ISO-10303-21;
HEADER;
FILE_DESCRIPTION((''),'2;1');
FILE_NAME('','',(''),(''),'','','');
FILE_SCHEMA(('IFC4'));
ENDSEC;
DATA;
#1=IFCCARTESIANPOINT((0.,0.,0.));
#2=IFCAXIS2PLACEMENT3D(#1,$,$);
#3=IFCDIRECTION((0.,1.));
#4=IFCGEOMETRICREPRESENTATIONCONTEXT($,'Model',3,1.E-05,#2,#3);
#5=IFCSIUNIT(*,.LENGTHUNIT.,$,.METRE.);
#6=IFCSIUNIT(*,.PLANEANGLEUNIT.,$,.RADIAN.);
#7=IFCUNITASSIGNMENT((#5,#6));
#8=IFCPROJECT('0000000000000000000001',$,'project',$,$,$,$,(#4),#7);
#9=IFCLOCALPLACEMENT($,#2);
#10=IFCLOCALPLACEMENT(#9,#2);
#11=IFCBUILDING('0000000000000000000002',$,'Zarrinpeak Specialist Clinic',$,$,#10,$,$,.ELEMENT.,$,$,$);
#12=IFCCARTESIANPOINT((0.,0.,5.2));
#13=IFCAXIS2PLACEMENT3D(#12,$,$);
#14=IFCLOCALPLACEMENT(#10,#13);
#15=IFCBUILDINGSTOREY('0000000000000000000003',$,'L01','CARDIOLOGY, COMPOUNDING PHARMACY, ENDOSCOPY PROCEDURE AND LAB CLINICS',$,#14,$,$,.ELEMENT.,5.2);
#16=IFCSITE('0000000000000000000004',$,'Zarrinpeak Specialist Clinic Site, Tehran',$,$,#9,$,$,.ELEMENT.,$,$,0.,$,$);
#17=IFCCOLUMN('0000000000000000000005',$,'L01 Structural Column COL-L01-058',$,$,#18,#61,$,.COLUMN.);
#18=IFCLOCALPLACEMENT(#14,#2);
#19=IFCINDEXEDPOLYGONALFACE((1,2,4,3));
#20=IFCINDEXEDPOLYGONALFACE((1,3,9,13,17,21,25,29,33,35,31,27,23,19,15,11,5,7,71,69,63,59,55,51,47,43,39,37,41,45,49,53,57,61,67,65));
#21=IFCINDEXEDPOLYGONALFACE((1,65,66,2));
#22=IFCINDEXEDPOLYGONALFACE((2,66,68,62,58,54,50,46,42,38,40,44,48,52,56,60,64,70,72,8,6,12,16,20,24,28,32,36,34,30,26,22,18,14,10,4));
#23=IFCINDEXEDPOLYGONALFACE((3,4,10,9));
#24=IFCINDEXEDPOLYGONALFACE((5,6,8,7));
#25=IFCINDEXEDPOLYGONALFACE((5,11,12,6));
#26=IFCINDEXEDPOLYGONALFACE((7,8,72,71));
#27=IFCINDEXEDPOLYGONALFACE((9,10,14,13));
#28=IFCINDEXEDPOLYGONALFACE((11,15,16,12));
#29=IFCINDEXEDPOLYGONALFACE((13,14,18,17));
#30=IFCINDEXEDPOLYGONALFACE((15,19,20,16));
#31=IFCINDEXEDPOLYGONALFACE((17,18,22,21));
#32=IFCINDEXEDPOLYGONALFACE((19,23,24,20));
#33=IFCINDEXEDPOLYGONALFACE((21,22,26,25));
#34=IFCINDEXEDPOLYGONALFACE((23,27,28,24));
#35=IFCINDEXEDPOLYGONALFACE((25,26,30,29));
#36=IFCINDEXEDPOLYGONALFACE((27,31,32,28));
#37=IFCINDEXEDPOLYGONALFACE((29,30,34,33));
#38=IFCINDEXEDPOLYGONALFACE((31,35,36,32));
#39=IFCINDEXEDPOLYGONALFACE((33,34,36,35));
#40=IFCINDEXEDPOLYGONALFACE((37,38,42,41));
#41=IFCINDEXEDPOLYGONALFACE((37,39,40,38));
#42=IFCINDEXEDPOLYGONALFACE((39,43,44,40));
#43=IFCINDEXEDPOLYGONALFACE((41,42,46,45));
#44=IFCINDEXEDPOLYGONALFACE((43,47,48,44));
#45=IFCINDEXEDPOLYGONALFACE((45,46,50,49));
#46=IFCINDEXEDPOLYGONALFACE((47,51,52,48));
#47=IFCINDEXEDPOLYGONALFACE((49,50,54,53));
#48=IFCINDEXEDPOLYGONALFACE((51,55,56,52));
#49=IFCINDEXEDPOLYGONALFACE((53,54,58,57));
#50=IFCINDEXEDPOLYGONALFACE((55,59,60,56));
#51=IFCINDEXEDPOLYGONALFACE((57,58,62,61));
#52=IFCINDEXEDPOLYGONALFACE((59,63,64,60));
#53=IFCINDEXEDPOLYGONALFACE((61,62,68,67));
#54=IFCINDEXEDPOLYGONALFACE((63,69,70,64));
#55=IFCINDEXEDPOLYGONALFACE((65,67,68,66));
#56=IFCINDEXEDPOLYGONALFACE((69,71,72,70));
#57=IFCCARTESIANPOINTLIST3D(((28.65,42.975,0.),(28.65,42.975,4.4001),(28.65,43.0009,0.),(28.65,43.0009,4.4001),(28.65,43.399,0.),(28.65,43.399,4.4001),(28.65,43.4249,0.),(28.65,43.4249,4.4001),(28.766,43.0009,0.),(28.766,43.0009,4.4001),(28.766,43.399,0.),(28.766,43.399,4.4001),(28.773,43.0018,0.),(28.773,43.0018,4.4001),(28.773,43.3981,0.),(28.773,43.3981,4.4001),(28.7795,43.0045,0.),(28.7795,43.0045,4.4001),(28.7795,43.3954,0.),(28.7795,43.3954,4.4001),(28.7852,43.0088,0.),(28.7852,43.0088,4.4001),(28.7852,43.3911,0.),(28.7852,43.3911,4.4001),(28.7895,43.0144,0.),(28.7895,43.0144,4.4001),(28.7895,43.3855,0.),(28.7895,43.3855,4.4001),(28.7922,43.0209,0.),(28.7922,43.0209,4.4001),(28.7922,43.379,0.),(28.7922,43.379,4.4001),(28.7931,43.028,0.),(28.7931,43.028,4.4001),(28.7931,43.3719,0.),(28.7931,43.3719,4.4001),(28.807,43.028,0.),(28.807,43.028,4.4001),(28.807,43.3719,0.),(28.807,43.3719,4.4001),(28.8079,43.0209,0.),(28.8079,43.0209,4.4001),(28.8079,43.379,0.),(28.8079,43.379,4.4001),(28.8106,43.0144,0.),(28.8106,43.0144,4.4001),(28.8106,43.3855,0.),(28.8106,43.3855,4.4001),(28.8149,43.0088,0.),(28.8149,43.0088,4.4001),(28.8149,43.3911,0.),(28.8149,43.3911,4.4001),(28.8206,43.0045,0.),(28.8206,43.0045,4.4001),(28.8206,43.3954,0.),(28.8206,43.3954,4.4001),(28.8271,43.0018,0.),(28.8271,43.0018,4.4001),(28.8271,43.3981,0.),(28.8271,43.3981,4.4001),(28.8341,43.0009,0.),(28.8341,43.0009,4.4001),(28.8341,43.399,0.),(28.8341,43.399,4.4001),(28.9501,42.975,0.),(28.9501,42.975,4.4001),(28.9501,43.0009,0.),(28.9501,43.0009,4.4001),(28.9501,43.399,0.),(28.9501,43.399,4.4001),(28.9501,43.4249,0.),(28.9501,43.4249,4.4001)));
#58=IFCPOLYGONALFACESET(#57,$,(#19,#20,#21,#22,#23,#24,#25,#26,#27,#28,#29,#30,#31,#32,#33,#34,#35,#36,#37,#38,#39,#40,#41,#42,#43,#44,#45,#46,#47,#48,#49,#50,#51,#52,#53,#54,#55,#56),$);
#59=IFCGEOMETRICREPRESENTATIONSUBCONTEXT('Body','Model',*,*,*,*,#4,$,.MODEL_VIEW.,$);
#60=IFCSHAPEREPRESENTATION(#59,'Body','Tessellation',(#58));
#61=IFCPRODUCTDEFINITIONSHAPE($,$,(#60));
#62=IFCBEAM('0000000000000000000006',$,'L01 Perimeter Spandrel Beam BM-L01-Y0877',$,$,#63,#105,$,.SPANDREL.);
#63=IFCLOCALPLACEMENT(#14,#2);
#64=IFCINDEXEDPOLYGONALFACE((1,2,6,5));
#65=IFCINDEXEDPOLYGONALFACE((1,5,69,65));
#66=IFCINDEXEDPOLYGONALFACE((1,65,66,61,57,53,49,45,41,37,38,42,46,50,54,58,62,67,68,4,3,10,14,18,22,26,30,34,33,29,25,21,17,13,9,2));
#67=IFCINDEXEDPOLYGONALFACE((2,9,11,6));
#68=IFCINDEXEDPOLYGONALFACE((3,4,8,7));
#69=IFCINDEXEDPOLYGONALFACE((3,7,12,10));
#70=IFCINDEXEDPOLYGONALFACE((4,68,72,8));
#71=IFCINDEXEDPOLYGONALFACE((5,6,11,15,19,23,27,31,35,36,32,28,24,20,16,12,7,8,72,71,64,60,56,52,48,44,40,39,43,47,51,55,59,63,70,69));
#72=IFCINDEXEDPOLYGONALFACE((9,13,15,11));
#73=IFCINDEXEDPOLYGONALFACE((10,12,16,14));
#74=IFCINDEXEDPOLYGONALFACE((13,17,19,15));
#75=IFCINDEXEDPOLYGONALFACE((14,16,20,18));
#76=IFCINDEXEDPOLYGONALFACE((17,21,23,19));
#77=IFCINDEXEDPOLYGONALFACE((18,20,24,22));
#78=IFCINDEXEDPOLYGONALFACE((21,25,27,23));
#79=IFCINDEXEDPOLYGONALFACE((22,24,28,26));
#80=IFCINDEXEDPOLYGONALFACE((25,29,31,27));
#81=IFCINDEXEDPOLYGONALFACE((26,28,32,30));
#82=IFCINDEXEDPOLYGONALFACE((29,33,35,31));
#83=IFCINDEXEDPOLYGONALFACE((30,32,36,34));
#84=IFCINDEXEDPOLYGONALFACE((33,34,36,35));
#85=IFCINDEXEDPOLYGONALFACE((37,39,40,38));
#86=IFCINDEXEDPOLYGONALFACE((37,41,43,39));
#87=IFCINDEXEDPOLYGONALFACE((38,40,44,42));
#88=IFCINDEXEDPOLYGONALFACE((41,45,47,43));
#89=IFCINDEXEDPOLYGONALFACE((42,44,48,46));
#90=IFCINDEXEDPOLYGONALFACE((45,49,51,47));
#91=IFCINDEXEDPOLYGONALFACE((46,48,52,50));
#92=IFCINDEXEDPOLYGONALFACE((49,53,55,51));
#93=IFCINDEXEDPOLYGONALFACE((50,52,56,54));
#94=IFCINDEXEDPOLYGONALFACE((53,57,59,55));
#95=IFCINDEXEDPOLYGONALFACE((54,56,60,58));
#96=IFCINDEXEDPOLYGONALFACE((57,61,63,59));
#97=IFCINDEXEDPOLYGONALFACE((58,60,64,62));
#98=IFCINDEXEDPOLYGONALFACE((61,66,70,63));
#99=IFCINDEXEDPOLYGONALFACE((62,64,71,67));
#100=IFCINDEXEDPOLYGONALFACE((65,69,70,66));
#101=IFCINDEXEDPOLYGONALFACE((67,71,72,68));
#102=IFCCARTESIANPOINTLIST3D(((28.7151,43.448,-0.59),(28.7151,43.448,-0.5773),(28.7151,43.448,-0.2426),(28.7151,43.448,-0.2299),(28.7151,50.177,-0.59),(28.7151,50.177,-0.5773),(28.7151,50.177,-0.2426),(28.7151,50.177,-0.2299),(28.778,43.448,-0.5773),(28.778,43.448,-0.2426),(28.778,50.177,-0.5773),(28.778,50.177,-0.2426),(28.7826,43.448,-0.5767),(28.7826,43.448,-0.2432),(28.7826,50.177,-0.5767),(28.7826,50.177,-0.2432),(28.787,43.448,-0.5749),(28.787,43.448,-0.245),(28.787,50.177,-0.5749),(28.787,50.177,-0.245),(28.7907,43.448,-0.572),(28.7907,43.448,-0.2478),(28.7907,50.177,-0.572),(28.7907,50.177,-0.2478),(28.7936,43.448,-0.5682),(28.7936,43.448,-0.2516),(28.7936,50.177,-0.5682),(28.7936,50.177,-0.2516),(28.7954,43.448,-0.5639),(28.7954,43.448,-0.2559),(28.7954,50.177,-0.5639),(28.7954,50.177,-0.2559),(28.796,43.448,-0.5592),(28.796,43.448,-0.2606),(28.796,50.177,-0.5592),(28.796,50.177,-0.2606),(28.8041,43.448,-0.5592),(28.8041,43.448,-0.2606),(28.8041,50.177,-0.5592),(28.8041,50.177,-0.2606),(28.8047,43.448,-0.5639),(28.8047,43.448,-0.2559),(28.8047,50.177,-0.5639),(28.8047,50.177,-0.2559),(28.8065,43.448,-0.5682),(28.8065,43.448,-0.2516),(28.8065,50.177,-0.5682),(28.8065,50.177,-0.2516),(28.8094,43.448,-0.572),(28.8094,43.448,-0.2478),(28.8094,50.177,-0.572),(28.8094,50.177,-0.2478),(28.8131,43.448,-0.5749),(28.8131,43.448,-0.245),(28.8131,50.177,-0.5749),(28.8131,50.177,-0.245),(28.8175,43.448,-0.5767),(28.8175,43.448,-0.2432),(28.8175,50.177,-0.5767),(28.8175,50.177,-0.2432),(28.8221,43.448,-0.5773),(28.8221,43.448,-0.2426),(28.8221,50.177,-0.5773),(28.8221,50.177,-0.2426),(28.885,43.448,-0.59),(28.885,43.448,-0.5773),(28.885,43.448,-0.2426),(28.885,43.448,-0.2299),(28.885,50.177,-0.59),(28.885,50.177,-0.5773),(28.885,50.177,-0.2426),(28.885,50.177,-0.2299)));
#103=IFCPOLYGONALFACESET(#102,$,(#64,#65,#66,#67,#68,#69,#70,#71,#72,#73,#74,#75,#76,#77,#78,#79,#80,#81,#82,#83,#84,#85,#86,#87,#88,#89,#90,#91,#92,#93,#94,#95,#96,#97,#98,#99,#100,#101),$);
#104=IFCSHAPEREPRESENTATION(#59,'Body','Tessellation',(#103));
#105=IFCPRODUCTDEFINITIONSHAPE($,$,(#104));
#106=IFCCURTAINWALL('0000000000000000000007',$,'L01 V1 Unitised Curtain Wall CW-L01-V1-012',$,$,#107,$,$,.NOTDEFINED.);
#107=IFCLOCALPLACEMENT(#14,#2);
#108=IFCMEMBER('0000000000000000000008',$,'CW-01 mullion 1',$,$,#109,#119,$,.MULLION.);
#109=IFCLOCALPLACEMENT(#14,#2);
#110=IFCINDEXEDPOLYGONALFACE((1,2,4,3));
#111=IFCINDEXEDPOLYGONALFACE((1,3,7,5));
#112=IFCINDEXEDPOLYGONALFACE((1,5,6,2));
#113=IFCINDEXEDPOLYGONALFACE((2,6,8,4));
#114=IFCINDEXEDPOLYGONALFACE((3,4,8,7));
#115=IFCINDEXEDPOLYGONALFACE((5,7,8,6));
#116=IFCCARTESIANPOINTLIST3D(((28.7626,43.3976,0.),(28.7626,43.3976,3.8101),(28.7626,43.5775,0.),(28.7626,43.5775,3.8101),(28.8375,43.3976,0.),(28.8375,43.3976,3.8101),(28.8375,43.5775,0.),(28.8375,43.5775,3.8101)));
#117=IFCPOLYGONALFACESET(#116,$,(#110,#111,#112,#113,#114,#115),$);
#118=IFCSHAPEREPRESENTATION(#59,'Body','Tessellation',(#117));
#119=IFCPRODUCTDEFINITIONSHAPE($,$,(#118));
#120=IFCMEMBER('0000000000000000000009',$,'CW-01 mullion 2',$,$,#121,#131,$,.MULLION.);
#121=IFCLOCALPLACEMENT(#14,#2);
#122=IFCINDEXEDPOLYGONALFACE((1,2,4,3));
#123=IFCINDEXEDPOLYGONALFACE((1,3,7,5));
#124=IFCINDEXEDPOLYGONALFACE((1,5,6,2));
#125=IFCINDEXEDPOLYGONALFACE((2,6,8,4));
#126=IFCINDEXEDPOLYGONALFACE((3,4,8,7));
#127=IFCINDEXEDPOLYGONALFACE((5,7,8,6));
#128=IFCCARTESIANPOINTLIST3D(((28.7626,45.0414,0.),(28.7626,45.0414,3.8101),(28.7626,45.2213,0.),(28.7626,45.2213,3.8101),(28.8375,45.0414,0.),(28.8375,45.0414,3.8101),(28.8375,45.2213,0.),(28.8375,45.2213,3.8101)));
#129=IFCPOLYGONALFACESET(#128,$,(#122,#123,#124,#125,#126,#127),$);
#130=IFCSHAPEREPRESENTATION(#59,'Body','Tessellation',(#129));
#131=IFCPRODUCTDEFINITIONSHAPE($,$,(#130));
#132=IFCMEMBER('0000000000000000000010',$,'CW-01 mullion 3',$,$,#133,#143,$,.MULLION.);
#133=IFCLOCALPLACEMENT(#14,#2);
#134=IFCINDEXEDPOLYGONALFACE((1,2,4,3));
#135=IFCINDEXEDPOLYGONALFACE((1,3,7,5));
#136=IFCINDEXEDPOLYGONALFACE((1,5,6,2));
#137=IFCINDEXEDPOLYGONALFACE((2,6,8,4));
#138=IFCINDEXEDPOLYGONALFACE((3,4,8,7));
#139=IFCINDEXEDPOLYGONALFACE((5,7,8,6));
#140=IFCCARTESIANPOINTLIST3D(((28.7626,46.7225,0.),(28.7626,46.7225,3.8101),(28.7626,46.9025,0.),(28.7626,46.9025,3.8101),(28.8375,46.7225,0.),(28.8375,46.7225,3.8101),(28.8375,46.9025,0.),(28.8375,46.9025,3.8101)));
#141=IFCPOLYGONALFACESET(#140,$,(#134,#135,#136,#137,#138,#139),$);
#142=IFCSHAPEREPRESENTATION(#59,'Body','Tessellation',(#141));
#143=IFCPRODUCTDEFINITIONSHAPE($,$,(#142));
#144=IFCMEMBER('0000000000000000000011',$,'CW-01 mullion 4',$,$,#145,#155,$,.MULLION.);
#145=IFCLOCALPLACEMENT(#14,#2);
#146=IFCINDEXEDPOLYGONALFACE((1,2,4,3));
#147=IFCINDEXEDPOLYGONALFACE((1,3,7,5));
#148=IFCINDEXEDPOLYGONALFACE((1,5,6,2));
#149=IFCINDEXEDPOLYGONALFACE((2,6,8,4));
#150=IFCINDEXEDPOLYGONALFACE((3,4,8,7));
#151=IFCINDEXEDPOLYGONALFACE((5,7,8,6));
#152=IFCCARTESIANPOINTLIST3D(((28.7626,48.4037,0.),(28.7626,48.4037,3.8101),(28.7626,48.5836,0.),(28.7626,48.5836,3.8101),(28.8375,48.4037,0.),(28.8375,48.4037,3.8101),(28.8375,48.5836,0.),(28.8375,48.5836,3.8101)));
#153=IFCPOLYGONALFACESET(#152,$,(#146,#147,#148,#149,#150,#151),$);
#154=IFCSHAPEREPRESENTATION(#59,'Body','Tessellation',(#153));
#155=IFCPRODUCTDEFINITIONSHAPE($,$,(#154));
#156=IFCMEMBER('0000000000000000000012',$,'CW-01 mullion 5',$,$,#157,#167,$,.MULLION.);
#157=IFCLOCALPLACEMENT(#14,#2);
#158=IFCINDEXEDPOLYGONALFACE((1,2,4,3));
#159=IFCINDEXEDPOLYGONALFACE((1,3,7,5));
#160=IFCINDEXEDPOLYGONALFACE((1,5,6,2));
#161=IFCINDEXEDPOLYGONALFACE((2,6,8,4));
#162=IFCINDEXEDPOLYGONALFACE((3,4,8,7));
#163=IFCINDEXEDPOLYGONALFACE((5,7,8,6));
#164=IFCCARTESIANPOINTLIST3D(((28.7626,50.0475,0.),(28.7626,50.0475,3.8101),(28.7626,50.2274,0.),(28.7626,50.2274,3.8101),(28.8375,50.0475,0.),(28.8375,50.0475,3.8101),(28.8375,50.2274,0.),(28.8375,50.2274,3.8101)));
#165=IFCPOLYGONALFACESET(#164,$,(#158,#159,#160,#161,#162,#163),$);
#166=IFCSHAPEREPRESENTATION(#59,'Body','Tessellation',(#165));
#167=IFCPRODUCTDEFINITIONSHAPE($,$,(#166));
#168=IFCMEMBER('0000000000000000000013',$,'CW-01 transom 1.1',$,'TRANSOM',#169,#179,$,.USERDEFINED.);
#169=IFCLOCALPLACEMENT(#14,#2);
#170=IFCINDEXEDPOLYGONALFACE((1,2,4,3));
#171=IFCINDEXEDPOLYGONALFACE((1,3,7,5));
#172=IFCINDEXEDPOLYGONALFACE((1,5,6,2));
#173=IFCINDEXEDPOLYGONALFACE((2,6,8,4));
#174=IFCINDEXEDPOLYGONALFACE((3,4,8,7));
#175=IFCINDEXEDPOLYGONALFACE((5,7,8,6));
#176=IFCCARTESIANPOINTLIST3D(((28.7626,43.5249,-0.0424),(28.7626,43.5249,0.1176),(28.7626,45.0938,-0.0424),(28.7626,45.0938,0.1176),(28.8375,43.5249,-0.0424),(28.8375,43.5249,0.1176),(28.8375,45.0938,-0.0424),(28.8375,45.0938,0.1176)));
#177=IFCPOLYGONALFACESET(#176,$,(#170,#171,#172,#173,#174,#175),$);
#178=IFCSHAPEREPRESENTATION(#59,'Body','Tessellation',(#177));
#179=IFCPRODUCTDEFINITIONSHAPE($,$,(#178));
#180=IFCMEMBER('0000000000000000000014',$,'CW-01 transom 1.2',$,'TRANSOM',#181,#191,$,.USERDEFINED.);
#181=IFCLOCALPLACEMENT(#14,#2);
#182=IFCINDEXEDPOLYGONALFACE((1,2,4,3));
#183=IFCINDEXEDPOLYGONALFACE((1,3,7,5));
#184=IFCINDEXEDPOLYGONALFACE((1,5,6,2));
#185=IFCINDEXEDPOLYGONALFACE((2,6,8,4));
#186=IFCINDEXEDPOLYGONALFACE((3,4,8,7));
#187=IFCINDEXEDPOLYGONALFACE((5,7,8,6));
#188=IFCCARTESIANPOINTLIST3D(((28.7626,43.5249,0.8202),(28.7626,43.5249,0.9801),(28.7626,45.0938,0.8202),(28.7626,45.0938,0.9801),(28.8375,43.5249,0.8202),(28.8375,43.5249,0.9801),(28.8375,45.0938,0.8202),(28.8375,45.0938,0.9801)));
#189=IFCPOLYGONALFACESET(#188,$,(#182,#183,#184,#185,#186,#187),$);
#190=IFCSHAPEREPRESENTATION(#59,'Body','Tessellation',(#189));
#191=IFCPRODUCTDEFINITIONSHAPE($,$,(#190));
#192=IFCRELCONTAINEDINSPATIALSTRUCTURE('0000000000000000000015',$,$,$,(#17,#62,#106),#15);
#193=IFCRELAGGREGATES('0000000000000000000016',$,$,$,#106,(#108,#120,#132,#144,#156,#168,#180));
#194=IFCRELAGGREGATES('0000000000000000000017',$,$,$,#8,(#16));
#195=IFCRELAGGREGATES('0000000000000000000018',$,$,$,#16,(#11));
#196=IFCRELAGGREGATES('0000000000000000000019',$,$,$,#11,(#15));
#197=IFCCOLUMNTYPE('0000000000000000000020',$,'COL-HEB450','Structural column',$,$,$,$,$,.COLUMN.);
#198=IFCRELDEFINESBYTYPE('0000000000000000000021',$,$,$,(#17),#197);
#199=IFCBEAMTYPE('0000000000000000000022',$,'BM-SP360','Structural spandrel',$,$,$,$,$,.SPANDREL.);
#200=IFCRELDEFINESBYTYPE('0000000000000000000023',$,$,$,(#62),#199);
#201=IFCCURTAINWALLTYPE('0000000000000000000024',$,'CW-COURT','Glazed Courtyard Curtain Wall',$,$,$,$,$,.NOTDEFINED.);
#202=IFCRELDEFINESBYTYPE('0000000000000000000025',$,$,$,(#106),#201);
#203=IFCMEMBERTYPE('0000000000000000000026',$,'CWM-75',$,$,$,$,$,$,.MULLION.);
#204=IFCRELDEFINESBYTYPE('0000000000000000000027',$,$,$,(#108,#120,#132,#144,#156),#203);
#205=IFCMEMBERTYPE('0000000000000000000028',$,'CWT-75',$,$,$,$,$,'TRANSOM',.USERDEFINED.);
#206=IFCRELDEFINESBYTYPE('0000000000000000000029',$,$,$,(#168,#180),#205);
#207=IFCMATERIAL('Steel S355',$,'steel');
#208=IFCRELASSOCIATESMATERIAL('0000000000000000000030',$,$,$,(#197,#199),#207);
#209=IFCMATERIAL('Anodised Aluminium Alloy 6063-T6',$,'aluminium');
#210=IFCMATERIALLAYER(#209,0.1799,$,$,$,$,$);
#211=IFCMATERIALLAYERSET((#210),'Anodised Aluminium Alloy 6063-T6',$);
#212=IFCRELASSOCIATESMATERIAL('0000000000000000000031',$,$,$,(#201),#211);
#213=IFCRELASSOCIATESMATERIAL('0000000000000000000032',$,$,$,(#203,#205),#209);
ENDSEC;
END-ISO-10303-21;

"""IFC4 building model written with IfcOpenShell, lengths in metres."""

from ifc_helpers import new_model, si_unit, direction, frame, origin, origin_2d, place, context, subcontext, project, spatial, rectangle, i_section, extrude, material, layer, layer_set, material_profile, profile_set, type_object, element, aggregate, save


model = new_model("IFC4")

# Units and contexts
model_context = context("Model", 3, precision=1e-05, world=origin(), true_north=direction((0.0, 1.0)))
body_context = subcontext(model_context, "Body", "Model", "MODEL_VIEW")
ifc_project = project(units=[si_unit("LENGTHUNIT", "METRE"), si_unit("PLANEANGLEUNIT", "RADIAN")], contexts=[model_context])

# Site, building, storey
site_placement = place(None, origin())
site = spatial("IfcSite", under=ifc_project, at=site_placement, Name="Zarrinpeak Specialist Clinic Site, Tehran", CompositionType="ELEMENT", RefElevation=0.0)
building_placement = place(site_placement, origin())
building = spatial("IfcBuilding", under=site, at=building_placement, Name="Zarrinpeak Specialist Clinic", CompositionType="ELEMENT")
storey_placement = place(building_placement, frame((0.0, 0.0, 5.2)))
storey = spatial("IfcBuildingStorey", under=building, at=storey_placement, Name="L01", Description="CARDIOLOGY, COMPOUNDING PHARMACY, ENDOSCOPY PROCEDURE AND LAB CLINICS", CompositionType="ELEMENT", Elevation=5.2)

# Column
ifc_material_1 = material(Name="Steel S355", Category="steel")
ifc_material_profile_1 = material_profile(ifc_material_1, i_section(OverallWidth=0.3, OverallDepth=0.45, WebThickness=0.0139, FlangeThickness=0.0259, FilletRadius=0.0271, at=origin_2d()), Name="HEB 450")
ifc_profile_set_1 = profile_set([ifc_material_profile_1], Name="Steel S355")
column_type = type_object("IfcColumnType", Name="COL-HEB450", Description="Structural column", PredefinedType="COLUMN", material=ifc_profile_set_1)
column_placement = place(storey_placement, frame((28.8, 43.2, 0.0), z_axis=(0.0, 0.0, 1.0), x_axis=(1.0, 0.0, 0.0)))
element("IfcColumn", 1, at=column_placement, inside=storey, type_object=column_type, Name="L01 Structural Column COL-L01-058", PredefinedType="COLUMN", context=body_context, shape_type="SweptSolid", body=[
    extrude(i_section(OverallWidth=0.3, OverallDepth=0.45, WebThickness=0.0139, FlangeThickness=0.0259, FilletRadius=0.0271, at=origin_2d()), origin(), (0.0, 0.0, 1.0), 4.4001),
])

# Beam
ifc_material_profile_2 = material_profile(ifc_material_1, i_section(OverallWidth=0.1699, OverallDepth=0.3601, WebThickness=0.0081, FlangeThickness=0.0127, FilletRadius=0.0181, at=origin_2d()), Name="IPE 360")
ifc_profile_set_2 = profile_set([ifc_material_profile_2], Name="Steel S355")
beam_type = type_object("IfcBeamType", Name="BM-SP360", Description="Structural spandrel", PredefinedType="SPANDREL", material=ifc_profile_set_2)
beam_placement = place(storey_placement, frame((28.8, 43.448, -0.4099), z_axis=(0.0, 1.0, 0.0), x_axis=(-1.0, 0.0, 0.0)))
element("IfcBeam", 2, at=beam_placement, inside=storey, type_object=beam_type, Name="L01 Perimeter Spandrel Beam BM-L01-Y0877", PredefinedType="SPANDREL", context=body_context, shape_type="SweptSolid", body=[
    extrude(i_section(OverallWidth=0.1699, OverallDepth=0.3601, WebThickness=0.0081, FlangeThickness=0.0127, FilletRadius=0.0181, at=origin_2d()), origin(), (0.0, 0.0, 1.0), 6.729),
])

# Curtain wall, members
ifc_material_2 = material(Name="Anodised Aluminium Alloy 6063-T6", Category="aluminium")
ifc_layer_1 = layer(ifc_material_2, 0.1799)
ifc_layer_set_1 = layer_set([ifc_layer_1], Name="Anodised Aluminium Alloy 6063-T6")
curtain_wall_type = type_object("IfcCurtainWallType", Name="CW-COURT", Description="Glazed Courtyard Curtain Wall", PredefinedType="NOTDEFINED", material=ifc_layer_set_1)
curtain_wall_placement = place(storey_placement, origin())
curtain_wall = element("IfcCurtainWall", 3, at=curtain_wall_placement, inside=storey, type_object=curtain_wall_type, Name="L01 V1 Unitised Curtain Wall CW-L01-V1-012", PredefinedType="NOTDEFINED")
ifc_material_profile_3 = material_profile(ifc_material_2, rectangle(XDim=0.075, YDim=0.1799, at=origin_2d()), Name="ALU 75x180")
ifc_profile_set_3 = profile_set([ifc_material_profile_3], Name="Anodised Aluminium Alloy 6063-T6")
member_type_1 = type_object("IfcMemberType", Name="CWM-75", PredefinedType="MULLION", material=ifc_profile_set_3)
member_1_placement = place(storey_placement, frame((28.8, 43.4875, 0.0), z_axis=(0.0, 0.0, 1.0), x_axis=(-1.0, 0.0, 0.0)))
member_1 = element("IfcMember", 4, at=member_1_placement, type_object=member_type_1, Name="CW-01 mullion 1", PredefinedType="MULLION", context=body_context, shape_type="SweptSolid", body=[
    extrude(rectangle(XDim=0.075, YDim=0.1799, at=origin_2d()), origin(), (0.0, 0.0, 1.0), 3.8101),
])
member_2_placement = place(storey_placement, frame((28.8, 45.1313, 0.0), z_axis=(0.0, 0.0, 1.0), x_axis=(-1.0, 0.0, 0.0)))
member_2 = element("IfcMember", 5, at=member_2_placement, type_object=member_type_1, Name="CW-01 mullion 2", PredefinedType="MULLION", context=body_context, shape_type="SweptSolid", body=[
    extrude(rectangle(XDim=0.075, YDim=0.1799, at=origin_2d()), origin(), (0.0, 0.0, 1.0), 3.8101),
])
member_3_placement = place(storey_placement, frame((28.8, 46.8125, 0.0), z_axis=(0.0, 0.0, 1.0), x_axis=(-1.0, 0.0, 0.0)))
member_3 = element("IfcMember", 6, at=member_3_placement, type_object=member_type_1, Name="CW-01 mullion 3", PredefinedType="MULLION", context=body_context, shape_type="SweptSolid", body=[
    extrude(rectangle(XDim=0.075, YDim=0.1799, at=origin_2d()), origin(), (0.0, 0.0, 1.0), 3.8101),
])
member_4_placement = place(storey_placement, frame((28.8, 48.4937, 0.0), z_axis=(0.0, 0.0, 1.0), x_axis=(-1.0, 0.0, 0.0)))
member_4 = element("IfcMember", 7, at=member_4_placement, type_object=member_type_1, Name="CW-01 mullion 4", PredefinedType="MULLION", context=body_context, shape_type="SweptSolid", body=[
    extrude(rectangle(XDim=0.075, YDim=0.1799, at=origin_2d()), origin(), (0.0, 0.0, 1.0), 3.8101),
])
member_5_placement = place(storey_placement, frame((28.8, 50.1375, 0.0), z_axis=(0.0, 0.0, 1.0), x_axis=(-1.0, 0.0, 0.0)))
member_5 = element("IfcMember", 8, at=member_5_placement, type_object=member_type_1, Name="CW-01 mullion 5", PredefinedType="MULLION", context=body_context, shape_type="SweptSolid", body=[
    extrude(rectangle(XDim=0.075, YDim=0.1799, at=origin_2d()), origin(), (0.0, 0.0, 1.0), 3.8101),
])
ifc_material_profile_4 = material_profile(ifc_material_2, rectangle(XDim=0.075, YDim=0.1599, at=origin_2d()), Name="ALU 75x160")
ifc_profile_set_4 = profile_set([ifc_material_profile_4], Name="Anodised Aluminium Alloy 6063-T6")
member_type_2 = type_object("IfcMemberType", Name="CWT-75", ElementType="TRANSOM", PredefinedType="USERDEFINED", material=ifc_profile_set_4)
member_6_placement = place(storey_placement, frame((28.8, 43.5249, 0.0376), z_axis=(0.0, 1.0, 0.0), x_axis=(-1.0, 0.0, 0.0)))
member_6 = element("IfcMember", 9, at=member_6_placement, type_object=member_type_2, Name="CW-01 transom 1.1", ObjectType="TRANSOM", PredefinedType="USERDEFINED", context=body_context, shape_type="SweptSolid", body=[
    extrude(rectangle(XDim=0.075, YDim=0.1599, at=origin_2d()), origin(), (0.0, 0.0, 1.0), 1.5688),
])
member_7_placement = place(storey_placement, frame((28.8, 43.5249, 0.9001), z_axis=(0.0, 1.0, 0.0), x_axis=(-1.0, 0.0, 0.0)))
member_7 = element("IfcMember", 10, at=member_7_placement, type_object=member_type_2, Name="CW-01 transom 1.2", ObjectType="TRANSOM", PredefinedType="USERDEFINED", context=body_context, shape_type="SweptSolid", body=[
    extrude(rectangle(XDim=0.075, YDim=0.1599, at=origin_2d()), origin(), (0.0, 0.0, 1.0), 1.5688),
])
aggregate(curtain_wall, [member_1, member_2, member_3, member_4, member_5, member_6, member_7])

save(model, "model.ifc")
